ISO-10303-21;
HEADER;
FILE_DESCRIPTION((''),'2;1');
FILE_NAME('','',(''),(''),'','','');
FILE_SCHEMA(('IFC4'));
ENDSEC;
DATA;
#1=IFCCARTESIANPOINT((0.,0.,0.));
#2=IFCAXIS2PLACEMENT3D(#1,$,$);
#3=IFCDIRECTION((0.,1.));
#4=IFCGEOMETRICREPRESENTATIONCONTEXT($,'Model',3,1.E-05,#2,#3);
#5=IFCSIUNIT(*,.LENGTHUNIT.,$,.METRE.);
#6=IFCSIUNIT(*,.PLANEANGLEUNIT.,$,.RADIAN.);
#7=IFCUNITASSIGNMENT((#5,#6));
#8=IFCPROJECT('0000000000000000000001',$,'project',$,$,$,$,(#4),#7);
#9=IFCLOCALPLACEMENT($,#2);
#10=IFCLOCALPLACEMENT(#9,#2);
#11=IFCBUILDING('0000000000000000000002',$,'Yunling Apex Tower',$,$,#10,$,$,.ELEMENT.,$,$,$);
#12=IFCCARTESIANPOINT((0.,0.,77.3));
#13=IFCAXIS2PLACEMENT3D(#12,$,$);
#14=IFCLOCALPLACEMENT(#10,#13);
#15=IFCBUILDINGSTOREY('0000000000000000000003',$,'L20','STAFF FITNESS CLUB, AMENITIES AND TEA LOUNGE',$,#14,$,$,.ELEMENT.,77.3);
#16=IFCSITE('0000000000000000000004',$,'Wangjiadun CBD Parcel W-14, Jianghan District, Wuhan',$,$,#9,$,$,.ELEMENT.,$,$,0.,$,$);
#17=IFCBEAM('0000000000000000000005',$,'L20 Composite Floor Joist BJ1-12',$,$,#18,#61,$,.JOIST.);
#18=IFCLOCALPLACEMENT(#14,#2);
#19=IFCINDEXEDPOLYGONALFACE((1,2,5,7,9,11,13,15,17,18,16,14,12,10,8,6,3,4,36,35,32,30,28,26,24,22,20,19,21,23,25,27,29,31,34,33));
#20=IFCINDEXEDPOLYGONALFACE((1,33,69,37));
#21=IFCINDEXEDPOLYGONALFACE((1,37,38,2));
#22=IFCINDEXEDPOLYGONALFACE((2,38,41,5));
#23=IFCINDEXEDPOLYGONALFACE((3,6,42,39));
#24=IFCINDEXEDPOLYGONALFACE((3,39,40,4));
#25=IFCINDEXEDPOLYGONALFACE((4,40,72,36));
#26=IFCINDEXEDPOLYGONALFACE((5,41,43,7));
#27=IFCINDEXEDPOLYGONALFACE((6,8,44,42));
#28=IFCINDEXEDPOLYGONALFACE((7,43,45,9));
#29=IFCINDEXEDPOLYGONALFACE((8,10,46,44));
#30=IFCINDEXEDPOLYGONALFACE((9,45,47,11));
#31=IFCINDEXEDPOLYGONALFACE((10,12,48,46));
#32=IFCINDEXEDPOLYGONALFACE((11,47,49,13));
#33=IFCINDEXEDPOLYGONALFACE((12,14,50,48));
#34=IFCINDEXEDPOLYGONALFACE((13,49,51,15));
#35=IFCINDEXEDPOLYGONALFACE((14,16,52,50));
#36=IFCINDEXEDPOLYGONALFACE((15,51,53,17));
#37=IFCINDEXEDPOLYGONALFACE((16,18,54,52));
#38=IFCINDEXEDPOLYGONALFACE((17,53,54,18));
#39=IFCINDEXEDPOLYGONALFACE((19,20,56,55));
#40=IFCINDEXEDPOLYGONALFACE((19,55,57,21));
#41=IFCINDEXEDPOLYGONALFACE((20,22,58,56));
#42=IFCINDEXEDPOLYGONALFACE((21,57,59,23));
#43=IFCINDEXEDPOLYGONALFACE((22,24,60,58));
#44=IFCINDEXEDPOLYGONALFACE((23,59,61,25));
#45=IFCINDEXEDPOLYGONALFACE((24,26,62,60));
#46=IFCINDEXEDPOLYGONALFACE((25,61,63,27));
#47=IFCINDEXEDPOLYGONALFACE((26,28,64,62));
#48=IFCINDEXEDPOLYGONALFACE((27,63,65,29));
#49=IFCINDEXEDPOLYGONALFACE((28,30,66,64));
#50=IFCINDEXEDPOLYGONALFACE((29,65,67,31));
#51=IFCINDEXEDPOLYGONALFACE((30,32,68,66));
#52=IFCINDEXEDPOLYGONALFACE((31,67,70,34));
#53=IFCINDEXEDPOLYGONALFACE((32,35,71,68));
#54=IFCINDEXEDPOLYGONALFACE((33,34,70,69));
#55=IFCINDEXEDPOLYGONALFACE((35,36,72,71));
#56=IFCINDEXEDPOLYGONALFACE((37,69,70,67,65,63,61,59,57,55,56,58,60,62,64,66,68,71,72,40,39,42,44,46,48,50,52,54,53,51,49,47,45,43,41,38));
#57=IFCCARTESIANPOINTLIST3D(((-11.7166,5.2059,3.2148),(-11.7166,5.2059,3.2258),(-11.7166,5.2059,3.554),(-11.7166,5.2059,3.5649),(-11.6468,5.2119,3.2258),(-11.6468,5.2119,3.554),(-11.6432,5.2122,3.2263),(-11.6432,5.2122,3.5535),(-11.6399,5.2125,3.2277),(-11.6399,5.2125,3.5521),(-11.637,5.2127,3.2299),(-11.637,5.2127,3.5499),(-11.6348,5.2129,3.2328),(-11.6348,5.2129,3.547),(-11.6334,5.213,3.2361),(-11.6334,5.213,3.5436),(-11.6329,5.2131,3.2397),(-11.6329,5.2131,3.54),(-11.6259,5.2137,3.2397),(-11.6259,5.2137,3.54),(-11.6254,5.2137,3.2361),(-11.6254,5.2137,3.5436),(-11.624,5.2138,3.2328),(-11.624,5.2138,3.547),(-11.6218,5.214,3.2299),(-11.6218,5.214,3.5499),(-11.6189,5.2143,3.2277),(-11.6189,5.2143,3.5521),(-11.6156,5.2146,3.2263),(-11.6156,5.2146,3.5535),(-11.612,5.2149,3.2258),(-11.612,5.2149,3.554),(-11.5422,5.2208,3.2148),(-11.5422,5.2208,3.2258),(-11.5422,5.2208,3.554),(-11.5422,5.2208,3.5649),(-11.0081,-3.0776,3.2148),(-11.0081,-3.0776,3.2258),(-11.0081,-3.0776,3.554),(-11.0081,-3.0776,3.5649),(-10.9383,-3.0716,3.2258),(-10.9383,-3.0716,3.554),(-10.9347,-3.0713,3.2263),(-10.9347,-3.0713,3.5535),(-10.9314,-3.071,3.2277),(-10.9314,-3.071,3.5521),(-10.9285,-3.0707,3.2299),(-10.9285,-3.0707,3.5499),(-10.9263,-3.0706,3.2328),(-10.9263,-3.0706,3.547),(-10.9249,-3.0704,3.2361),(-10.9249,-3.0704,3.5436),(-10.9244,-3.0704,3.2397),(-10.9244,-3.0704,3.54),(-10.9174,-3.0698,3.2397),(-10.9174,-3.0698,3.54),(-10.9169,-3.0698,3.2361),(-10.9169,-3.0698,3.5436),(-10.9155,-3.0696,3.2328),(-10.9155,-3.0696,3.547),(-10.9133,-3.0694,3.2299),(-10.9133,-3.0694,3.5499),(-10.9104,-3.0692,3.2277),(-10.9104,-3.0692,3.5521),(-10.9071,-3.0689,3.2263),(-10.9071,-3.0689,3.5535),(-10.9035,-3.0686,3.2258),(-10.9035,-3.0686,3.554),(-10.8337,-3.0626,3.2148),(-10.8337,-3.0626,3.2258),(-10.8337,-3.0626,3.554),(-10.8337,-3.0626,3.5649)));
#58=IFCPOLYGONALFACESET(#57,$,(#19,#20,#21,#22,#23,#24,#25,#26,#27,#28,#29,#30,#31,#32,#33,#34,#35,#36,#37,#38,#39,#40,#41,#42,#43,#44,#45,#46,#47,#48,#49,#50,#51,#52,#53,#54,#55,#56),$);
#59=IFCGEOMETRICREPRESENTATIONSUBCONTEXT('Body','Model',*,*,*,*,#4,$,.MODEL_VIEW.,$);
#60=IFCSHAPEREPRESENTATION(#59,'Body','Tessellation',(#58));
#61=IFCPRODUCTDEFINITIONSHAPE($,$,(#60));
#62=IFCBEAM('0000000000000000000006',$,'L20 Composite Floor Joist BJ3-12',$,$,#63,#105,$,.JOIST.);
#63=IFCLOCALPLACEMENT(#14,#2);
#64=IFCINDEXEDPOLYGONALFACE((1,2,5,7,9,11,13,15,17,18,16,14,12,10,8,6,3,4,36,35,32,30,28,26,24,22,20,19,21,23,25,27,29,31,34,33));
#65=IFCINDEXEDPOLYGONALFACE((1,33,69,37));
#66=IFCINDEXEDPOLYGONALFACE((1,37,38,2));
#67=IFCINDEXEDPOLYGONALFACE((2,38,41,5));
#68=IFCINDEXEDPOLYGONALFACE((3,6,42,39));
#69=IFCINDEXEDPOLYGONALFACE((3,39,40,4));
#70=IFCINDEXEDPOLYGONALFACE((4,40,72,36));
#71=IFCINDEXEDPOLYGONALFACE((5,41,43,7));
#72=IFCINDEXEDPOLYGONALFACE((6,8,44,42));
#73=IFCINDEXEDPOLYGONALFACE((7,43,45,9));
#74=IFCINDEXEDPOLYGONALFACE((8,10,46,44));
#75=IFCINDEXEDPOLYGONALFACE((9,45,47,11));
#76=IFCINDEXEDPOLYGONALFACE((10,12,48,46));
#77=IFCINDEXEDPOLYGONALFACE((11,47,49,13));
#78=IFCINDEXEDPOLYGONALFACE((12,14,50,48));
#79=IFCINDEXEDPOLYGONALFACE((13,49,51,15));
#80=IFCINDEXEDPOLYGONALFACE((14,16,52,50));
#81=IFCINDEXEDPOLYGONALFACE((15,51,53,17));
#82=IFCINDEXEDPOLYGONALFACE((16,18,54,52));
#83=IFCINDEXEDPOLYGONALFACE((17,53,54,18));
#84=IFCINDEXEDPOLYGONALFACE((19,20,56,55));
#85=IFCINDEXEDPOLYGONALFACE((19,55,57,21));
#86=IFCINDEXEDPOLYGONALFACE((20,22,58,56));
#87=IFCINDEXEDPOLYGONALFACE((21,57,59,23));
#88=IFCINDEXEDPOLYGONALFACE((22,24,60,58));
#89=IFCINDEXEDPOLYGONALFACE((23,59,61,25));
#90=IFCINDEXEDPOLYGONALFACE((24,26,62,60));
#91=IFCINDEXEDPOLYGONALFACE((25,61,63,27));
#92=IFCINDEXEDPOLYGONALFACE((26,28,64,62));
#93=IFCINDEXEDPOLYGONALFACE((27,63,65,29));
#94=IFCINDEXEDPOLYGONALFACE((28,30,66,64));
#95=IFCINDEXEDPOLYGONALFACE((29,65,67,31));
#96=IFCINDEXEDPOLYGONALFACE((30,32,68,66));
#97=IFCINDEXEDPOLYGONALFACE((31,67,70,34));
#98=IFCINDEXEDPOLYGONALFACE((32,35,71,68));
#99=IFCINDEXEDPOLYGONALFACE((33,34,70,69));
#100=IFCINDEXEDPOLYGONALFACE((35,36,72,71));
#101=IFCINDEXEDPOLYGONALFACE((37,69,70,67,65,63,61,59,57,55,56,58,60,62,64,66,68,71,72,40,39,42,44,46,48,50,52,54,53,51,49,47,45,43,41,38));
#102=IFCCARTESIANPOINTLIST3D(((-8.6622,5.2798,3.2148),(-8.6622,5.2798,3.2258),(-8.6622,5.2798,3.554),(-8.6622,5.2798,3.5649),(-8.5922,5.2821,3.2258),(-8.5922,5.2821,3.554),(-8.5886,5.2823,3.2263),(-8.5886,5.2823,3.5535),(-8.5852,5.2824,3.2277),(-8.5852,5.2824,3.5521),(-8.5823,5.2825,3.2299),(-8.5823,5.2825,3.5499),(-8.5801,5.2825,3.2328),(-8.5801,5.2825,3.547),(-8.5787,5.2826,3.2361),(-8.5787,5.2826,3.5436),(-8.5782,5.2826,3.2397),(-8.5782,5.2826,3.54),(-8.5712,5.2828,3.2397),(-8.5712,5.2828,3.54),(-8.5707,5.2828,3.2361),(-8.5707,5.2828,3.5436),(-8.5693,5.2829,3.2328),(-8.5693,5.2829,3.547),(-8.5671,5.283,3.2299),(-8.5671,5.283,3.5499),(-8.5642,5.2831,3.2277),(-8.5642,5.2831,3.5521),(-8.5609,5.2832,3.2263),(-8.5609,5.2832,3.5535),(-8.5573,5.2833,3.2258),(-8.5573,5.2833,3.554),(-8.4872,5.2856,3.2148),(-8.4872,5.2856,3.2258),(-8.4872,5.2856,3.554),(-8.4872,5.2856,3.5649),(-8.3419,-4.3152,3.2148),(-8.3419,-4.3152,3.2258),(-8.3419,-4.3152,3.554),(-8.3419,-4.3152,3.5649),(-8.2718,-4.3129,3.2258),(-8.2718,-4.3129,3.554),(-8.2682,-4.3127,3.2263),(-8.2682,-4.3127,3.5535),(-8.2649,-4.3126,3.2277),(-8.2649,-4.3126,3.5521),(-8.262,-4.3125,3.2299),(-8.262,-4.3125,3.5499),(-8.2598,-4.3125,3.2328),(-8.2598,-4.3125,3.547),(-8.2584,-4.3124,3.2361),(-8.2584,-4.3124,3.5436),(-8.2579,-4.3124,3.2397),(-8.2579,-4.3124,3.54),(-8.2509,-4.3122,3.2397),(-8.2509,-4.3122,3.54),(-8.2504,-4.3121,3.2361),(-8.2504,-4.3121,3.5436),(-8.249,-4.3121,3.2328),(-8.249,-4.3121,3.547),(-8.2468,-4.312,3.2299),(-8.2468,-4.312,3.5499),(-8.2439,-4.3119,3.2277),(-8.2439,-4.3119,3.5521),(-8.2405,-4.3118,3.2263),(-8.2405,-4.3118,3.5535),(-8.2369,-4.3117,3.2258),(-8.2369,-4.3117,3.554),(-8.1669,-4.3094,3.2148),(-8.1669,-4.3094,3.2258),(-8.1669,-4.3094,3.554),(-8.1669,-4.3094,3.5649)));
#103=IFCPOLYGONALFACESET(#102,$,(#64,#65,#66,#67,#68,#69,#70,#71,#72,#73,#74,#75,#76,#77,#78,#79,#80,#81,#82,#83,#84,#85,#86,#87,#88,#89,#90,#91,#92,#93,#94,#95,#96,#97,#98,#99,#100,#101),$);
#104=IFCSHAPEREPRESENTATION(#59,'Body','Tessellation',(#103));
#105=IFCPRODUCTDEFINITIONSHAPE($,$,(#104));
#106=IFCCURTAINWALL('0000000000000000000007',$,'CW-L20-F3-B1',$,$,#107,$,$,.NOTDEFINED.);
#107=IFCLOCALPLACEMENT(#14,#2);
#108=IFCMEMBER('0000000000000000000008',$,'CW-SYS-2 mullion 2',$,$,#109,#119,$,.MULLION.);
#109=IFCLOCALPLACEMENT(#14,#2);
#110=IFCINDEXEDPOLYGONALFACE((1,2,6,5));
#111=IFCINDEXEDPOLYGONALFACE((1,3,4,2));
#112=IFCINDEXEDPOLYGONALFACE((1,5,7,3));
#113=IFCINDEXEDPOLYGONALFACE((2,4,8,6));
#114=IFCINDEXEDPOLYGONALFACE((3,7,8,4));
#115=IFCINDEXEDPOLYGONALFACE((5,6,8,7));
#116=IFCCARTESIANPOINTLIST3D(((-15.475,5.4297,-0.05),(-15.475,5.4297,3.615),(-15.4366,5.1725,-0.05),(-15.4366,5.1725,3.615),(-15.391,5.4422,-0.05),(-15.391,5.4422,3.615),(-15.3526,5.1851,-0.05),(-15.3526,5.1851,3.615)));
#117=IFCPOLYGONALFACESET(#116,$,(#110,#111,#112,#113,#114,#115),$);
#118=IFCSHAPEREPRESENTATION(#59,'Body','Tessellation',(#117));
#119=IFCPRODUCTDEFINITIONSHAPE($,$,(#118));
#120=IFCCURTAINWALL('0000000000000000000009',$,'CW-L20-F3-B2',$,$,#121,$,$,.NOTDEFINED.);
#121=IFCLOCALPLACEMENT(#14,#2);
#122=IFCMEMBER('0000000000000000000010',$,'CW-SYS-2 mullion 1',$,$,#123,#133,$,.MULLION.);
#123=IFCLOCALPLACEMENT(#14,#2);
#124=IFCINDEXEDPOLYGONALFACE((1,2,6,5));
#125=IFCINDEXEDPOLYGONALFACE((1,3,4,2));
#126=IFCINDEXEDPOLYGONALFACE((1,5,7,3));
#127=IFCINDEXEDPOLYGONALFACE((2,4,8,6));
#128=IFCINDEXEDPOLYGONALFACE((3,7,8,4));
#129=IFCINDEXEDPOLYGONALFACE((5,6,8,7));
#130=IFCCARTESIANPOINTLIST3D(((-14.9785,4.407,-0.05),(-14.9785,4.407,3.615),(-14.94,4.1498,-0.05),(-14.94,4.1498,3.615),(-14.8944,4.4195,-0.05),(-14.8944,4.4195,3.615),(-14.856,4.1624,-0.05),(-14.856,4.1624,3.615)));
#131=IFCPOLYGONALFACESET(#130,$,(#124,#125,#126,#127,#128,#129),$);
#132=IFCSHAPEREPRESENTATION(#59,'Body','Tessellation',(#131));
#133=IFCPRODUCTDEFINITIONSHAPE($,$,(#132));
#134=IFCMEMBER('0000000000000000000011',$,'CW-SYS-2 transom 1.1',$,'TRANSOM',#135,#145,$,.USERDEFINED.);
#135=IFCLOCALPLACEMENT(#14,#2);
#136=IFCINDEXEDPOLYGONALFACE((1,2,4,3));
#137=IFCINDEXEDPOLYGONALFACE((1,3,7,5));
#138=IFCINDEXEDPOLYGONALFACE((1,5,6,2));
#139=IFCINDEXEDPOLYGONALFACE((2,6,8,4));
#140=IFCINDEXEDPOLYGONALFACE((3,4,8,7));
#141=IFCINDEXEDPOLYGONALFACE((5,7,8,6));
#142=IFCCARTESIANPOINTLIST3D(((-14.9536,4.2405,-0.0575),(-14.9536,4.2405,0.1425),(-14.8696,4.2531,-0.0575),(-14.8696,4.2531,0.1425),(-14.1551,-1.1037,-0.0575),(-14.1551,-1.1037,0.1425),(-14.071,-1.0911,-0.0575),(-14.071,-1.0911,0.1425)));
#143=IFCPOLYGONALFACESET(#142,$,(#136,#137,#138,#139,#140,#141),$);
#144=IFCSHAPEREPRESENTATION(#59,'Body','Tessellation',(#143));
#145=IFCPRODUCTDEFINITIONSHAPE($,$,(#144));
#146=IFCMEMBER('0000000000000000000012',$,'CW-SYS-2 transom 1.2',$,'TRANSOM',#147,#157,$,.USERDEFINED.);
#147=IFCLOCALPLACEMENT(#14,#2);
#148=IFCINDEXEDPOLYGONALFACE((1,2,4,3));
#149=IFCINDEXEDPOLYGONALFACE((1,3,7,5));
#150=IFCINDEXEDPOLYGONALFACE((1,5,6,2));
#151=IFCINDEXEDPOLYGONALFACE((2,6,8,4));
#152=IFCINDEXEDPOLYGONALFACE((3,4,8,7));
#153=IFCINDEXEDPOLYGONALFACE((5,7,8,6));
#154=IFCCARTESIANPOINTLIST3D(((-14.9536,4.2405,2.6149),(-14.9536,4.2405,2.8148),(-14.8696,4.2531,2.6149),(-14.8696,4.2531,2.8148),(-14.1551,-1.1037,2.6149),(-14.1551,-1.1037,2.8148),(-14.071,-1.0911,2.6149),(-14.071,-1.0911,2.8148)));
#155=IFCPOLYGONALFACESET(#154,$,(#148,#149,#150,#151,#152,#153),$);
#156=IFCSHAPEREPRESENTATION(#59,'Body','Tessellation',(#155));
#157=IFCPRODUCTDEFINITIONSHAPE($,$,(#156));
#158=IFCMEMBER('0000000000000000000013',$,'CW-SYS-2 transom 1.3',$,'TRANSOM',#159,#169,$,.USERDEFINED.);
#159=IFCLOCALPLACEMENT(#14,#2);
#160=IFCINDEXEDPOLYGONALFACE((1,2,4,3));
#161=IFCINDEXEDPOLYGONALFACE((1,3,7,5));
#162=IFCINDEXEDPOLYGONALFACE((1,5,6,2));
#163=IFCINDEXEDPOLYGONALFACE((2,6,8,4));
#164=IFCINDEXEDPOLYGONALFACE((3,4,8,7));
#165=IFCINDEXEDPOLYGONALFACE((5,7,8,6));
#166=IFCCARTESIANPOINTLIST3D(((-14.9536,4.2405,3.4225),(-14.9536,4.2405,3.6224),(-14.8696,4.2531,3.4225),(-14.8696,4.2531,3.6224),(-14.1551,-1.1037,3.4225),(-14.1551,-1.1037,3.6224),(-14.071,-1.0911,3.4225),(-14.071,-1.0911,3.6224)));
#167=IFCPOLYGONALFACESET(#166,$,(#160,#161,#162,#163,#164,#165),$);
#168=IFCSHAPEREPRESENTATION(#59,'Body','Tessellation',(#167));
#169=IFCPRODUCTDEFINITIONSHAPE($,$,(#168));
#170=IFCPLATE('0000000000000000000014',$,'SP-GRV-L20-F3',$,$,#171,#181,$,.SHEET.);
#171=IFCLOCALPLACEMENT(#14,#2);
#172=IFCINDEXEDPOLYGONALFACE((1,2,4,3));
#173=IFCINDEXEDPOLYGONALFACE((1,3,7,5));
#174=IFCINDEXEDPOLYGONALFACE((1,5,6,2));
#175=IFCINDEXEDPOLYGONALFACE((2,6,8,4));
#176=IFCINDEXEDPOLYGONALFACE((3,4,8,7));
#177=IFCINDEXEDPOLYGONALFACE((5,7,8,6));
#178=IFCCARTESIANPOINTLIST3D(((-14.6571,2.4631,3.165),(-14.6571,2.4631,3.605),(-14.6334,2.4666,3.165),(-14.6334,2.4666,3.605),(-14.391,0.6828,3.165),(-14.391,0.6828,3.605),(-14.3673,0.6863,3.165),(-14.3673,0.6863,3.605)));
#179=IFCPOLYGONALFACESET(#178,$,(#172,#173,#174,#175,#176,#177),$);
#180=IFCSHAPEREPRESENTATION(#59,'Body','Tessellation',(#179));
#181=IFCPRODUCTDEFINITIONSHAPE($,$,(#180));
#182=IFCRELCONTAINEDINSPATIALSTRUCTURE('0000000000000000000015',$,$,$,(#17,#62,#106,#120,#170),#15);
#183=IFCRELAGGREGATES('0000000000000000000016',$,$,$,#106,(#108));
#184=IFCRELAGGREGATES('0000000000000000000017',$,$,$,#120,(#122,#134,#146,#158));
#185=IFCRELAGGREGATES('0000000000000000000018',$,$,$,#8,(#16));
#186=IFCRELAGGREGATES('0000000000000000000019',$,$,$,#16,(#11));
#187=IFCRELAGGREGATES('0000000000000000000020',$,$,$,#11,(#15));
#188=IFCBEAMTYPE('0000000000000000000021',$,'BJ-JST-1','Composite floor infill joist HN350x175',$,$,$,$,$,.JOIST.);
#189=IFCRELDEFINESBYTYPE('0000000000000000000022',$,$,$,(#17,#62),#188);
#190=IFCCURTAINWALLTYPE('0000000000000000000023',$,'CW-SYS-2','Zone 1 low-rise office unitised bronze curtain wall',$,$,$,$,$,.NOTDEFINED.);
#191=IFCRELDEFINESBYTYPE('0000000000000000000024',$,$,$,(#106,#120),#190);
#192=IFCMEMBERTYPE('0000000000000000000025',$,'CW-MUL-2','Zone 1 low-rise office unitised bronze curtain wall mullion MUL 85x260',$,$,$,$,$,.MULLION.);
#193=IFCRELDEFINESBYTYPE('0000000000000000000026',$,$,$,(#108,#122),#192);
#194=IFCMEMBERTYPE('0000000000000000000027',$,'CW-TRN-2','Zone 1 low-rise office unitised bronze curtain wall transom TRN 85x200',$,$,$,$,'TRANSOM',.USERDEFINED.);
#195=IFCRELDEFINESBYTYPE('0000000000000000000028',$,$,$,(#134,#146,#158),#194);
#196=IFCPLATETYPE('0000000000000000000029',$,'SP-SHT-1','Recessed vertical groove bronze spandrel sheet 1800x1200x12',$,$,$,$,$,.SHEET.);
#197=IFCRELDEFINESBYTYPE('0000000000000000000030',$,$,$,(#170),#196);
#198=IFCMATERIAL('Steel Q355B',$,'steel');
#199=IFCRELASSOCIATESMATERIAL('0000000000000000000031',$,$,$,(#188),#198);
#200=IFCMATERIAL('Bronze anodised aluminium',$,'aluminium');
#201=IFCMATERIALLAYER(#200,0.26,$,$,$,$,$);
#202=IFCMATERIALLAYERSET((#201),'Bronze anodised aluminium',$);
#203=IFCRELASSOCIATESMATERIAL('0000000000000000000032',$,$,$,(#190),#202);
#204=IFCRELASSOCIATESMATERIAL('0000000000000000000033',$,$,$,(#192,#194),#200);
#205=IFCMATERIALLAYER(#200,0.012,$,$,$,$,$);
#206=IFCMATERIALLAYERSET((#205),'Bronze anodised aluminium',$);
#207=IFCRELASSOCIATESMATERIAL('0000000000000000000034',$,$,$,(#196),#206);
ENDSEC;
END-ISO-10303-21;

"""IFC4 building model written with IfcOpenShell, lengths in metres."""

from ifc_helpers import new_model, si_unit, direction, frame, origin, origin_2d, place, context, subcontext, project, spatial, rectangle, i_section, extrude, source, transform, mapped, material, layer, layer_set, material_profile, profile_set, type_object, element, aggregate, save


model = new_model("IFC4")

# Units and contexts
model_context = context("Model", 3, precision=1e-05, world=origin(), true_north=direction((0.0, 1.0)))
body_context = subcontext(model_context, "Body", "Model", "MODEL_VIEW")
ifc_project = project(units=[si_unit("LENGTHUNIT", "METRE"), si_unit("PLANEANGLEUNIT", "RADIAN")], contexts=[model_context])

# Site, building, storey
site_placement = place(None, origin())
site = spatial("IfcSite", under=ifc_project, at=site_placement, Name="Wangjiadun CBD Parcel W-14, Jianghan District, Wuhan", CompositionType="ELEMENT", RefElevation=0.0)
building_placement = place(site_placement, origin())
building = spatial("IfcBuilding", under=site, at=building_placement, Name="Yunling Apex Tower", CompositionType="ELEMENT")
storey_placement = place(building_placement, frame((0.0, 0.0, 77.3)))
storey = spatial("IfcBuildingStorey", under=building, at=storey_placement, Name="L20", Description="STAFF FITNESS CLUB, AMENITIES AND TEA LOUNGE", CompositionType="ELEMENT", Elevation=77.3)

# Beams
ifc_material_1 = material(Name="Steel Q355B", Category="steel")
ifc_material_profile_1 = material_profile(ifc_material_1, i_section(OverallWidth=0.175, OverallDepth=0.3501, WebThickness=0.0071, FlangeThickness=0.011, FilletRadius=0.0139, at=origin_2d()))
ifc_profile_set_1 = profile_set([ifc_material_profile_1], Name="Steel Q355B")
beam_type_1 = type_object("IfcBeamType", Name="BJ-JST-1", Description="Composite floor infill joist HN350x175", PredefinedType="JOIST", material=ifc_profile_set_1)
shared_shape_1 = source(origin(), body_context, "Body", "SweptSolid", [
    extrude(i_section(OverallWidth=0.175, OverallDepth=0.3501, WebThickness=0.0071, FlangeThickness=0.011, FilletRadius=0.0139, at=origin_2d()), origin(), (0.0, 0.0, 1.0), 8.3137),
])
beam_1_placement = place(storey_placement, frame((-11.6294, 5.2134, 3.3899), z_axis=(0.08522, -0.996362, 0.0), x_axis=(0.996362, 0.08522, 0.0)))
element("IfcBeam", 1, at=beam_1_placement, inside=storey, type_object=beam_type_1, Name="L20 Composite Floor Joist BJ1-12", PredefinedType="JOIST", context=body_context, shape_type="MappedRepresentation", body=[
    mapped(shared_shape_1, transform((0.0, 0.0, 0.0), scale=1.0)),
])
shared_shape_2 = source(origin(), body_context, "Body", "SweptSolid", [
    extrude(i_section(OverallWidth=0.175, OverallDepth=0.3501, WebThickness=0.0071, FlangeThickness=0.011, FilletRadius=0.0139, at=origin_2d()), origin(), (0.0, 0.0, 1.0), 9.6003),
])
beam_2_placement = place(storey_placement, frame((-8.5747, 5.2827, 3.3899), z_axis=(0.033365, -0.999443, 0.0), x_axis=(0.999443, 0.033365, 0.0)))
element("IfcBeam", 2, at=beam_2_placement, inside=storey, type_object=beam_type_1, Name="L20 Composite Floor Joist BJ3-12", PredefinedType="JOIST", context=body_context, shape_type="MappedRepresentation", body=[
    mapped(shared_shape_2, transform((0.0, 0.0, 0.0), scale=1.0)),
])

# Curtain wall, member
ifc_material_2 = material(Name="Bronze anodised aluminium", Category="aluminium")
ifc_layer_1 = layer(ifc_material_2, 0.26)
ifc_layer_set_1 = layer_set([ifc_layer_1], Name="Bronze anodised aluminium")
curtain_wall_type = type_object("IfcCurtainWallType", Name="CW-SYS-2", Description="Zone 1 low-rise office unitised bronze curtain wall", PredefinedType="NOTDEFINED", material=ifc_layer_set_1)
curtain_wall_1_placement = place(storey_placement, origin())
curtain_wall_1 = element("IfcCurtainWall", 3, at=curtain_wall_1_placement, inside=storey, type_object=curtain_wall_type, Name="CW-L20-F3-B1", PredefinedType="NOTDEFINED")
ifc_material_profile_2 = material_profile(ifc_material_2, rectangle(XDim=0.085, YDim=0.26, at=origin_2d()))
ifc_profile_set_2 = profile_set([ifc_material_profile_2], Name="Bronze anodised aluminium")
member_type_1 = type_object("IfcMemberType", Name="CW-MUL-2", Description="Zone 1 low-rise office unitised bronze curtain wall mullion MUL 85x260", PredefinedType="MULLION", material=ifc_profile_set_2)
shared_shape_3 = source(origin(), body_context, "Body", "SweptSolid", [
    extrude(rectangle(XDim=0.085, YDim=0.26, at=origin_2d()), origin(), (0.0, 0.0, 1.0), 3.665),
])
member_1_placement = place(storey_placement, frame((-15.4138, 5.3074, -0.05), z_axis=(0.0, 0.0, 1.0), x_axis=(0.989017, 0.147799, 0.0)))
member_1 = element("IfcMember", 4, at=member_1_placement, type_object=member_type_1, Name="CW-SYS-2 mullion 2", PredefinedType="MULLION", context=body_context, shape_type="MappedRepresentation", body=[
    mapped(shared_shape_3, transform((0.0, 0.0, 0.0), scale=1.0)),
])
aggregate(curtain_wall_1, [member_1])

# Curtain wall, members
curtain_wall_2_placement = place(storey_placement, origin())
curtain_wall_2 = element("IfcCurtainWall", 5, at=curtain_wall_2_placement, inside=storey, type_object=curtain_wall_type, Name="CW-L20-F3-B2", PredefinedType="NOTDEFINED")
member_2_placement = place(storey_placement, frame((-14.9172, 4.2847, -0.05), z_axis=(0.0, 0.0, 1.0), x_axis=(0.989017, 0.147801, 0.0)))
member_2 = element("IfcMember", 6, at=member_2_placement, type_object=member_type_1, Name="CW-SYS-2 mullion 1", PredefinedType="MULLION", context=body_context, shape_type="MappedRepresentation", body=[
    mapped(shared_shape_3, transform((0.0, 0.0, 0.0), scale=1.0)),
])
ifc_material_profile_3 = material_profile(ifc_material_2, rectangle(XDim=0.085, YDim=0.2, at=origin_2d()))
ifc_profile_set_3 = profile_set([ifc_material_profile_3], Name="Bronze anodised aluminium")
member_type_2 = type_object("IfcMemberType", Name="CW-TRN-2", Description="Zone 1 low-rise office unitised bronze curtain wall transom TRN 85x200", ElementType="TRANSOM", PredefinedType="USERDEFINED", material=ifc_profile_set_3)
shared_shape_4 = source(origin(), body_context, "Body", "SweptSolid", [
    extrude(rectangle(XDim=0.085, YDim=0.2, at=origin_2d()), origin(), (0.0, 0.0, 1.0), 5.4036),
])
member_3_placement = place(storey_placement, frame((-14.9116, 4.2468, 0.0425), z_axis=(0.147788, -0.989019, 0.0), x_axis=(0.989019, 0.147788, 0.0)))
member_3 = element("IfcMember", 7, at=member_3_placement, type_object=member_type_2, Name="CW-SYS-2 transom 1.1", ObjectType="TRANSOM", PredefinedType="USERDEFINED", context=body_context, shape_type="MappedRepresentation", body=[
    mapped(shared_shape_4, transform((0.0, 0.0, 0.0), scale=1.0)),
])
member_4_placement = place(storey_placement, frame((-14.9116, 4.2468, 2.7148), z_axis=(0.147788, -0.989019, 0.0), x_axis=(0.989019, 0.147788, 0.0)))
member_4 = element("IfcMember", 8, at=member_4_placement, type_object=member_type_2, Name="CW-SYS-2 transom 1.2", ObjectType="TRANSOM", PredefinedType="USERDEFINED", context=body_context, shape_type="MappedRepresentation", body=[
    mapped(shared_shape_4, transform((0.0, 0.0, 0.0), scale=1.0)),
])
member_5_placement = place(storey_placement, frame((-14.9116, 4.2468, 3.5225), z_axis=(0.147788, -0.989019, 0.0), x_axis=(0.989019, 0.147788, 0.0)))
member_5 = element("IfcMember", 9, at=member_5_placement, type_object=member_type_2, Name="CW-SYS-2 transom 1.3", ObjectType="TRANSOM", PredefinedType="USERDEFINED", context=body_context, shape_type="MappedRepresentation", body=[
    mapped(shared_shape_4, transform((0.0, 0.0, 0.0), scale=1.0)),
])

# Plate
ifc_layer_2 = layer(ifc_material_2, 0.012)
ifc_layer_set_2 = layer_set([ifc_layer_2], Name="Bronze anodised aluminium")
plate_type_1 = type_object("IfcPlateType", Name="SP-SHT-1", Description="Recessed vertical groove bronze spandrel sheet 1800x1200x12", PredefinedType="SHEET", material=ifc_layer_set_2)
shared_shape_5 = source(origin(), body_context, "Body", "SweptSolid", [
    extrude(rectangle(XDim=1.8, YDim=0.0239, at=origin_2d()), origin(), (0.0, 0.0, 1.0), 0.4399),
])
plate_1_placement = place(storey_placement, frame((-14.5122, 1.5747, 3.165), z_axis=(0.0, 0.0, 1.0), x_axis=(0.147809, -0.989016, 0.0)))
element("IfcPlate", 10, at=plate_1_placement, inside=storey, type_object=plate_type_1, Name="SP-GRV-L20-F3", PredefinedType="SHEET", context=body_context, shape_type="MappedRepresentation", body=[
    mapped(shared_shape_5, transform((0.0, 0.0, 0.0), scale=1.0)),
])
aggregate(curtain_wall_2, [member_2, member_3, member_4, member_5])

save(model, "model.ifc")
